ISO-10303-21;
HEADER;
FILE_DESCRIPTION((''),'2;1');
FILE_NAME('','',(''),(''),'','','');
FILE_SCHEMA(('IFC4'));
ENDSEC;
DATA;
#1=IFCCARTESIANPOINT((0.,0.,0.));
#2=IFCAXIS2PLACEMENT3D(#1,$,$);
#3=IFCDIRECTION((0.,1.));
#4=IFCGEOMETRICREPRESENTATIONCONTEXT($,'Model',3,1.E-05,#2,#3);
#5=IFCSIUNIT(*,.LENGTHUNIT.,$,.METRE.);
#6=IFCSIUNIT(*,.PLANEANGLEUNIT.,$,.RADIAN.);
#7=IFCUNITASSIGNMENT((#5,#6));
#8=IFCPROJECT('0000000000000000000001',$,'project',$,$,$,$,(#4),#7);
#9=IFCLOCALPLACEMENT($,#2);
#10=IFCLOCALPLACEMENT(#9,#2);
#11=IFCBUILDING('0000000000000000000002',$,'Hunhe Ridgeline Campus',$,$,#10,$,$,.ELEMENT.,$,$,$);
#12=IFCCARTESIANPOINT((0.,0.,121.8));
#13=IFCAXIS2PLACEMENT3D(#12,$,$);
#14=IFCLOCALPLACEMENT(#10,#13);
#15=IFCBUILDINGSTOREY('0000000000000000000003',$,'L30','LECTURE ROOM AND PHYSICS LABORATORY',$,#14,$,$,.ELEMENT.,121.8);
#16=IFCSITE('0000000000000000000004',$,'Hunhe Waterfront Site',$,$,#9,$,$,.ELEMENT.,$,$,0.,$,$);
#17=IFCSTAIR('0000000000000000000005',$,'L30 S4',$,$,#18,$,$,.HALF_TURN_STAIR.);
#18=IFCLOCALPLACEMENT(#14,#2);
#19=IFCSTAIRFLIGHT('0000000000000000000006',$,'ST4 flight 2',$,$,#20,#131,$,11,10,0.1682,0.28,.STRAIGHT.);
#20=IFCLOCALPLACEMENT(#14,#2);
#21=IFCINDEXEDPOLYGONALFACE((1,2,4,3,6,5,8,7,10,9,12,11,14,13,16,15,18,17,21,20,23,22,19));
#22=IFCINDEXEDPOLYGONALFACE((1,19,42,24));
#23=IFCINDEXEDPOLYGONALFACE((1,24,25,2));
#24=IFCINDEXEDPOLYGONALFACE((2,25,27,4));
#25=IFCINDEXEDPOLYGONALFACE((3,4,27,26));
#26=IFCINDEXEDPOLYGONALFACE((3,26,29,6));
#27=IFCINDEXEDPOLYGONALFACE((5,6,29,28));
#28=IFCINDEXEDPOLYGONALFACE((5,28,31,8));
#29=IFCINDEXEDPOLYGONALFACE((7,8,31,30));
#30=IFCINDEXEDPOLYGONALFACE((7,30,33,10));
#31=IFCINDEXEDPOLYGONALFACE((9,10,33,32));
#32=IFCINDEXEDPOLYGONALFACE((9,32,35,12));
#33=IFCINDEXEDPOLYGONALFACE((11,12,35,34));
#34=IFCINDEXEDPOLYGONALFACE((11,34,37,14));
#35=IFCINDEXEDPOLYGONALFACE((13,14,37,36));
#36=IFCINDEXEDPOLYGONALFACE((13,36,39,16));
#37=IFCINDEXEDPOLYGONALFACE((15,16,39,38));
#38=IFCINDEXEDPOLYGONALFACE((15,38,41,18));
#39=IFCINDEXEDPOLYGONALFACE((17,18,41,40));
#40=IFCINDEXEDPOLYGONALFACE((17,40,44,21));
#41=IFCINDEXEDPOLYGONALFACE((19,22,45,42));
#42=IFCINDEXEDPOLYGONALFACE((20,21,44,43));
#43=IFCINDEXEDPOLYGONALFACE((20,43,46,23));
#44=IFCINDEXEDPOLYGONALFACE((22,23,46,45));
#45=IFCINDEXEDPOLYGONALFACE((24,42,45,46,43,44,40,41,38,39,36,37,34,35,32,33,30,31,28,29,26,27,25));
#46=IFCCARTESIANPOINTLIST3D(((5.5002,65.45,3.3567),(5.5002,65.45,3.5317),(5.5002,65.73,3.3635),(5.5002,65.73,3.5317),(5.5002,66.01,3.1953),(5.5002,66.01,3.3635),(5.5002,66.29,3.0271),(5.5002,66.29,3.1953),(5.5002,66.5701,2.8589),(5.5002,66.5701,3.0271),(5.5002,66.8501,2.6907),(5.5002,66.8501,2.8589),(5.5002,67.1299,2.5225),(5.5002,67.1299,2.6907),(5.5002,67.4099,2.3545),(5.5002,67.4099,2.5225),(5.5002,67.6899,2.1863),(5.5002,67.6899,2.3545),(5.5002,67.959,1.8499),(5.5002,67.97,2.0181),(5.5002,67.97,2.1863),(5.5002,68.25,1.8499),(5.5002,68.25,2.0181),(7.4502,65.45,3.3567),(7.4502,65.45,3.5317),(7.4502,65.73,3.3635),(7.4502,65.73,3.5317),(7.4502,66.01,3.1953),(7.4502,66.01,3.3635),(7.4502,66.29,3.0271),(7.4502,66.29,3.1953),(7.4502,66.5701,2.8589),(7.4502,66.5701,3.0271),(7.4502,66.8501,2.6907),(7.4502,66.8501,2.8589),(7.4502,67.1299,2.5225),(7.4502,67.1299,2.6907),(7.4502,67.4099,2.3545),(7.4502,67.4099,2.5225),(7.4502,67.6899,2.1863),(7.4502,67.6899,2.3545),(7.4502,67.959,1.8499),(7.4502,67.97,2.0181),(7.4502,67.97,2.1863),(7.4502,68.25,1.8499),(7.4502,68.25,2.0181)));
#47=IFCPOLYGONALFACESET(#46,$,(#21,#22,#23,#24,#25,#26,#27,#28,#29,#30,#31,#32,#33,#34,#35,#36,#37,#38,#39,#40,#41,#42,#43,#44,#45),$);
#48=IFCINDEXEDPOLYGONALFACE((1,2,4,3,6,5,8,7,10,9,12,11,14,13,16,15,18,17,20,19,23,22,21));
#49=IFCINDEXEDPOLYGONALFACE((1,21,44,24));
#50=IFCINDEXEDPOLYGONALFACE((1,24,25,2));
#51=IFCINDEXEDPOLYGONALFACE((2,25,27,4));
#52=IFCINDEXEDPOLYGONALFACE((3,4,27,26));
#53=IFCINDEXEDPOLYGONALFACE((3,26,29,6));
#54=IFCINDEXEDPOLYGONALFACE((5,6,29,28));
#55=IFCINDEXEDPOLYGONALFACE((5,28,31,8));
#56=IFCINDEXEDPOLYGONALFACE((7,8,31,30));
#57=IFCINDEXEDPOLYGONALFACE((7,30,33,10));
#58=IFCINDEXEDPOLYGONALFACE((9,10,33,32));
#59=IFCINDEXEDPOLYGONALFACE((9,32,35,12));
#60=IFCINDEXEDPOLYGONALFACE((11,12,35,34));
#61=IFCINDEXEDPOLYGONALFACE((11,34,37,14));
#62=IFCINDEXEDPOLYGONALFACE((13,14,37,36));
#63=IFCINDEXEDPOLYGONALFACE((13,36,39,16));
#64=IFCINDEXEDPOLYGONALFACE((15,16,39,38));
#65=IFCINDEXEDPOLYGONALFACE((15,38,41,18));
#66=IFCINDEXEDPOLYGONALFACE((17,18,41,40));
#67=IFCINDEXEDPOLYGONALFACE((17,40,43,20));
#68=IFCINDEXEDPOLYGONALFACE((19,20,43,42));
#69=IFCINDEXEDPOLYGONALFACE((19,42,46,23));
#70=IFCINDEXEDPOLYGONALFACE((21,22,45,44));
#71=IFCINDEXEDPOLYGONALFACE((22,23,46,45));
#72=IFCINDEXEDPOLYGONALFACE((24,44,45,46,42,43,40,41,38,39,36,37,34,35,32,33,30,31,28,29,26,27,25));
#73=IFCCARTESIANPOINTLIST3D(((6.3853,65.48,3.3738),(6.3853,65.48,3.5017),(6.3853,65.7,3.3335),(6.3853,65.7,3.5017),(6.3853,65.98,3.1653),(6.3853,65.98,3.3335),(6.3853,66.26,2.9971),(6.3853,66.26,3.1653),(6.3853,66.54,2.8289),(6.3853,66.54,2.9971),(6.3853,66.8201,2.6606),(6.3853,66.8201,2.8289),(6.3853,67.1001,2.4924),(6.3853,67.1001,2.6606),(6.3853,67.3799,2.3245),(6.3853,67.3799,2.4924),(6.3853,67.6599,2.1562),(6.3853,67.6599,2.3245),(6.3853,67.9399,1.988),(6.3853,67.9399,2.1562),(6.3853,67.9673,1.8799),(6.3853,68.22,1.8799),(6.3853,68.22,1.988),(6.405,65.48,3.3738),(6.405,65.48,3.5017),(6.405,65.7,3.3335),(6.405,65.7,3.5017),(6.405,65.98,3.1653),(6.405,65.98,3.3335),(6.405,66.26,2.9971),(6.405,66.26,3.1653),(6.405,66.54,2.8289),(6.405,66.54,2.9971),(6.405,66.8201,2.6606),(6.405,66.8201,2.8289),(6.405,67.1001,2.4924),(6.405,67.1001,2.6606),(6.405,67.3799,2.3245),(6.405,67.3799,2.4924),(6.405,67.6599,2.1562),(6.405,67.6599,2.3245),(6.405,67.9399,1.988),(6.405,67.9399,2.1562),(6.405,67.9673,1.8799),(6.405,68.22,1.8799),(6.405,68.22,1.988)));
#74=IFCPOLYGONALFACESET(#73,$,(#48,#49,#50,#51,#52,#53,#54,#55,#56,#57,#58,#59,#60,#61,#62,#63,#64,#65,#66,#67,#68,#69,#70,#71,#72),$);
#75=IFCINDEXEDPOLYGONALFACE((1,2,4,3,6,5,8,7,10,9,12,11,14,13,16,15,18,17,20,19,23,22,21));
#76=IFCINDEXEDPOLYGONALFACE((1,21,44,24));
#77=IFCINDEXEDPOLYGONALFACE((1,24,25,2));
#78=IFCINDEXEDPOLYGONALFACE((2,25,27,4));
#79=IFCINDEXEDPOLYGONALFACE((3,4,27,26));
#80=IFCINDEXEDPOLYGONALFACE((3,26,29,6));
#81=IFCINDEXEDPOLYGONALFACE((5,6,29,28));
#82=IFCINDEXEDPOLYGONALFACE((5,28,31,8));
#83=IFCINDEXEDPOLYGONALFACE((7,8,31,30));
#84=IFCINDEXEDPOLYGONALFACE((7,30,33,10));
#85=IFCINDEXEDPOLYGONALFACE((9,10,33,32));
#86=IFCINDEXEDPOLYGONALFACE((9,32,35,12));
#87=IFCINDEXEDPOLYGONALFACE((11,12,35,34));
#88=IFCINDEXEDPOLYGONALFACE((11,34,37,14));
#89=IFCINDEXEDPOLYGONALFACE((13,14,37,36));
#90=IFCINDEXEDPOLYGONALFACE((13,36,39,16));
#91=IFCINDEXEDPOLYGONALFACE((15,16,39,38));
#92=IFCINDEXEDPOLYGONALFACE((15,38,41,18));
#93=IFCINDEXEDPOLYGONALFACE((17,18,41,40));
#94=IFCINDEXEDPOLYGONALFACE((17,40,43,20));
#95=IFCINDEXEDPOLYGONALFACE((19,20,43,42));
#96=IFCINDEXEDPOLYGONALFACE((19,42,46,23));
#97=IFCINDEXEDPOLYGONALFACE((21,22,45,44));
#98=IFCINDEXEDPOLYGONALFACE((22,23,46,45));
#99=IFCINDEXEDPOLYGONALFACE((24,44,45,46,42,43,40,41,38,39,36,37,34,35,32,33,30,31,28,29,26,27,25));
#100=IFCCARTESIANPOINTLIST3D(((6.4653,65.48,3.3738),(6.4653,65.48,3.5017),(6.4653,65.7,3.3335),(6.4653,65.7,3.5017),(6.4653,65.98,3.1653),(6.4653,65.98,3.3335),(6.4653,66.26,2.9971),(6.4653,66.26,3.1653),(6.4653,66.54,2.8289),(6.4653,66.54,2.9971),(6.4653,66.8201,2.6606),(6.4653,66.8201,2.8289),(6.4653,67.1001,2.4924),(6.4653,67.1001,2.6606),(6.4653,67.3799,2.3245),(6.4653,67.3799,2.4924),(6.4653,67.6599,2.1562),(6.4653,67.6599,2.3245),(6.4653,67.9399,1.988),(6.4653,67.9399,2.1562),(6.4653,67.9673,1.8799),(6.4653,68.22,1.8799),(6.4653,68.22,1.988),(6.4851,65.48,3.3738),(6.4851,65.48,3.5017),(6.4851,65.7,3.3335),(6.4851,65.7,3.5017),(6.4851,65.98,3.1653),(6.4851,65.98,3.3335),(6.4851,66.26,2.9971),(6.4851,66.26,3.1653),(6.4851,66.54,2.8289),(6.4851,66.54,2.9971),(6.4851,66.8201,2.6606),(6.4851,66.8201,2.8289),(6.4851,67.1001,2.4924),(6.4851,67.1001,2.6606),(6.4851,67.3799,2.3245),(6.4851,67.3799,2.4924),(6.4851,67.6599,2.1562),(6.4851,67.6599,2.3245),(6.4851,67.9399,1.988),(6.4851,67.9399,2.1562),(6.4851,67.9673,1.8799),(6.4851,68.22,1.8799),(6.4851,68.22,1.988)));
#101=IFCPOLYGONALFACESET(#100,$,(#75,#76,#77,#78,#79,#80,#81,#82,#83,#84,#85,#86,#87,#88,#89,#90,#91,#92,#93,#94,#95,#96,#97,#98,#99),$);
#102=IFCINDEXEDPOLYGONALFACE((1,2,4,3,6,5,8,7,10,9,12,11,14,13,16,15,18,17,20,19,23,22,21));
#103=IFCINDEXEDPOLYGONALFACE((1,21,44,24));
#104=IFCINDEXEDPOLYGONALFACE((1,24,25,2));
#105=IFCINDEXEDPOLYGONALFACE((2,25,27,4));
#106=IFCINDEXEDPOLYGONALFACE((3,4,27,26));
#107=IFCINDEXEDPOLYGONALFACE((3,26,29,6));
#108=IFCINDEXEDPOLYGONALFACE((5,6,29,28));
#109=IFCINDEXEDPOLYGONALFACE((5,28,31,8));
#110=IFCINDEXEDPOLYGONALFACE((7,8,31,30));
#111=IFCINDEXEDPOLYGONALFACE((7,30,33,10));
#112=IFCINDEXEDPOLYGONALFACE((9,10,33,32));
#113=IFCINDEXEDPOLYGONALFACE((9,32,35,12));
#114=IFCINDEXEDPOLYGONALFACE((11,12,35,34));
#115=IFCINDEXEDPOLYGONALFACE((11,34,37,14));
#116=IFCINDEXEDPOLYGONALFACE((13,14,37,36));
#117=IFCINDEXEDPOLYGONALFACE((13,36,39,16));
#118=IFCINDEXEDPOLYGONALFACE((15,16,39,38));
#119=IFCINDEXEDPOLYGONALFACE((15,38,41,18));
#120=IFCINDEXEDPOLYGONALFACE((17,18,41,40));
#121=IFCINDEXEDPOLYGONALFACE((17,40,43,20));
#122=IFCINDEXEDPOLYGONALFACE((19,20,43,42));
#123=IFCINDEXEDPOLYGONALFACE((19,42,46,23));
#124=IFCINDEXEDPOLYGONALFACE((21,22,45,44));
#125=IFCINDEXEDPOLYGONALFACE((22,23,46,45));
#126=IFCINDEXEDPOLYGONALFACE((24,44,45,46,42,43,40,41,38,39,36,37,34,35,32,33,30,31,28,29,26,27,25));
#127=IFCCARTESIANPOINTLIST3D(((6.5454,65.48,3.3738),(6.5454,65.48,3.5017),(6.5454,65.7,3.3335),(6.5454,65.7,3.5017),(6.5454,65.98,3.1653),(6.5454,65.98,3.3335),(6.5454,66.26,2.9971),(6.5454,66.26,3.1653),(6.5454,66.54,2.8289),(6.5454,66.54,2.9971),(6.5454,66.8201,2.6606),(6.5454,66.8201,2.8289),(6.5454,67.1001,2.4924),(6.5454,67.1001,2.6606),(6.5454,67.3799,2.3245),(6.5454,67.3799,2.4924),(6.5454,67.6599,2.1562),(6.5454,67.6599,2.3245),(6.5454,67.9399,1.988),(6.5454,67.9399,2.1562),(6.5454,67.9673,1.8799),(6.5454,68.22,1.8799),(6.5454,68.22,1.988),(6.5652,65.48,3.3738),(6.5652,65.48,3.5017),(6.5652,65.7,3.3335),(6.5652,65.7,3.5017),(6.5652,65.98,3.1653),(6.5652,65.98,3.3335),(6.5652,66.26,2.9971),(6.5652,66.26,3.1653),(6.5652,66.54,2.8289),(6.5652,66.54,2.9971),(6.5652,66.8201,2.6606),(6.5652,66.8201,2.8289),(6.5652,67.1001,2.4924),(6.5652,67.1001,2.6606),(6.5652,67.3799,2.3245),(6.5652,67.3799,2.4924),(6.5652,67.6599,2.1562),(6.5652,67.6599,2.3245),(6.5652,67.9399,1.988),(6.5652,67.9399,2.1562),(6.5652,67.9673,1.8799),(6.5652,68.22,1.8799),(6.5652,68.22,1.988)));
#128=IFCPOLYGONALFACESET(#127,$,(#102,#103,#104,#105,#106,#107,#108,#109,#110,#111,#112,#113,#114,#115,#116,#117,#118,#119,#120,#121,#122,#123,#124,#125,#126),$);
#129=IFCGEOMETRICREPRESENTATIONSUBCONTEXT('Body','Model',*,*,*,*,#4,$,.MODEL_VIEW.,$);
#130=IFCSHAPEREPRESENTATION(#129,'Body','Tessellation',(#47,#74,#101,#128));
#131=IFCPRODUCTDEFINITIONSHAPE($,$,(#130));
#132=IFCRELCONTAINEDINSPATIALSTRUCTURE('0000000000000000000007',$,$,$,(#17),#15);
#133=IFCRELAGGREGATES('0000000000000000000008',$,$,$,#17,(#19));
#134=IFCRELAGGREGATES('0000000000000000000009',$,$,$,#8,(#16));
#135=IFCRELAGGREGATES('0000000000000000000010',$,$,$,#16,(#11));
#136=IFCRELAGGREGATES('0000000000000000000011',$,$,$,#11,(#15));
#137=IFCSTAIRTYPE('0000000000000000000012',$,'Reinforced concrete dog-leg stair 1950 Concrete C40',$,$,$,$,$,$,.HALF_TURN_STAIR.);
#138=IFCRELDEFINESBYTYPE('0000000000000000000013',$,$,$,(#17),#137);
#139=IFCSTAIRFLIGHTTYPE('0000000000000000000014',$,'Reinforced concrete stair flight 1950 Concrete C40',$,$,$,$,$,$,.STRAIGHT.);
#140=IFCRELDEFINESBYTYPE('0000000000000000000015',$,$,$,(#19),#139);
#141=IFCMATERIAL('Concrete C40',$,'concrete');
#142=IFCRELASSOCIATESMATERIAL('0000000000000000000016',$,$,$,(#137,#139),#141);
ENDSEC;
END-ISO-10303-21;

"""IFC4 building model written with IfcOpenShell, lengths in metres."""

from ifc_helpers import new_model, si_unit, direction, frame, origin, place, context, subcontext, project, spatial, polyline, outline, extrude, material, type_object, element, aggregate, save


model = new_model("IFC4")

# Units and contexts
model_context = context("Model", 3, precision=1e-05, world=origin(), true_north=direction((0.0, 1.0)))
body_context = subcontext(model_context, "Body", "Model", "MODEL_VIEW")
ifc_project = project(units=[si_unit("LENGTHUNIT", "METRE"), si_unit("PLANEANGLEUNIT", "RADIAN")], contexts=[model_context])

# Site, building, storey
site_placement = place(None, origin())
site = spatial("IfcSite", under=ifc_project, at=site_placement, Name="Hunhe Waterfront Site", CompositionType="ELEMENT", RefElevation=0.0)
building_placement = place(site_placement, origin())
building = spatial("IfcBuilding", under=site, at=building_placement, Name="Hunhe Ridgeline Campus", CompositionType="ELEMENT")
storey_placement = place(building_placement, frame((0.0, 0.0, 121.8)))
storey = spatial("IfcBuildingStorey", under=building, at=storey_placement, Name="L30", Description="LECTURE ROOM AND PHYSICS LABORATORY", CompositionType="ELEMENT", Elevation=121.8)

# Stair, stair flight
ifc_material_1 = material(Name="Concrete C40", Category="concrete")
stair_type = type_object("IfcStairType", Name="Reinforced concrete dog-leg stair 1950 Concrete C40", PredefinedType="HALF_TURN_STAIR", material=ifc_material_1)
stair_flight_type = type_object("IfcStairFlightType", Name="Reinforced concrete stair flight 1950 Concrete C40", PredefinedType="STRAIGHT", material=ifc_material_1)
stair_1_placement = place(storey_placement, origin())
stair_1 = element("IfcStair", 1, at=stair_1_placement, inside=storey, type_object=stair_type, Name="L30 S4", PredefinedType="HALF_TURN_STAIR")
stair_flight_1_placement = place(storey_placement, frame((6.4751, 68.25, 1.8499), z_axis=(0.0, 0.0, 1.0), x_axis=(0.0, -1.0, 0.0)))
stair_flight_1 = element("IfcStairFlight", 2, at=stair_flight_1_placement, type_object=stair_flight_type, Name="ST4 flight 2", NumberOfRisers=11, NumberOfTreads=10, PredefinedType="STRAIGHT", RiserHeight=0.1682, TreadLength=0.28, context=body_context, shape_type="SweptSolid", body=[
    extrude(outline(polyline([(0.0, 0.0), (0.0, 0.1682), (0.28, 0.1682), (0.28, 0.3364), (0.5601, 0.3364), (0.5601, 0.5046), (0.8401, 0.5046), (0.8401, 0.6726), (1.1201, 0.6726), (1.1201, 0.8408), (1.3999, 0.8408), (1.3999, 1.009), (1.6799, 1.009), (1.6799, 1.1772), (1.96, 1.1772), (1.96, 1.3455), (2.24, 1.3455), (2.24, 1.5137), (2.52, 1.5137), (2.52, 1.6819), (2.8, 1.6819), (2.8, 1.8501), (2.8, 1.5068), (0.291, 0.0), (0.0, 0.0)])), frame((0.0, 0.9751, 0.0), z_axis=(0.0, -1.0, 0.0), x_axis=(1.0, 0.0, 0.0)), (0.0, 0.0, 1.0), 1.95),
    extrude(outline(polyline([(0.03, 0.03), (0.03, 0.1382), (0.3101, 0.1382), (0.3101, 0.3064), (0.5901, 0.3064), (0.5901, 0.4746), (0.8701, 0.4746), (0.8701, 0.6426), (1.1499, 0.6426), (1.1499, 0.8108), (1.4299, 0.8108), (1.4299, 0.979), (1.71, 0.979), (1.71, 1.1472), (1.99, 1.1472), (1.99, 1.3154), (2.27, 1.3154), (2.27, 1.4836), (2.55, 1.4836), (2.55, 1.6519), (2.77, 1.6519), (2.77, 1.5239), (0.2827, 0.03), (0.03, 0.03)])), frame((0.0, -0.0701, 0.0), z_axis=(0.0, -1.0, 0.0), x_axis=(1.0, 0.0, 0.0)), (0.0, 0.0, 1.0), 0.0198),
    extrude(outline(polyline([(0.03, 0.03), (0.03, 0.1382), (0.3101, 0.1382), (0.3101, 0.3064), (0.5901, 0.3064), (0.5901, 0.4746), (0.8701, 0.4746), (0.8701, 0.6426), (1.1499, 0.6426), (1.1499, 0.8108), (1.4299, 0.8108), (1.4299, 0.979), (1.71, 0.979), (1.71, 1.1472), (1.99, 1.1472), (1.99, 1.3154), (2.27, 1.3154), (2.27, 1.4836), (2.55, 1.4836), (2.55, 1.6519), (2.77, 1.6519), (2.77, 1.5239), (0.2827, 0.03), (0.03, 0.03)])), frame((0.0, 0.01, 0.0), z_axis=(0.0, -1.0, 0.0), x_axis=(1.0, 0.0, 0.0)), (0.0, 0.0, 1.0), 0.0198),
    extrude(outline(polyline([(0.03, 0.03), (0.03, 0.1382), (0.3101, 0.1382), (0.3101, 0.3064), (0.5901, 0.3064), (0.5901, 0.4746), (0.8701, 0.4746), (0.8701, 0.6426), (1.1499, 0.6426), (1.1499, 0.8108), (1.4299, 0.8108), (1.4299, 0.979), (1.71, 0.979), (1.71, 1.1472), (1.99, 1.1472), (1.99, 1.3154), (2.27, 1.3154), (2.27, 1.4836), (2.55, 1.4836), (2.55, 1.6519), (2.77, 1.6519), (2.77, 1.5239), (0.2827, 0.03), (0.03, 0.03)])), frame((0.0, 0.0901, 0.0), z_axis=(0.0, -1.0, 0.0), x_axis=(1.0, 0.0, 0.0)), (0.0, 0.0, 1.0), 0.0198),
])
aggregate(stair_1, [stair_flight_1])

save(model, "model.ifc")
